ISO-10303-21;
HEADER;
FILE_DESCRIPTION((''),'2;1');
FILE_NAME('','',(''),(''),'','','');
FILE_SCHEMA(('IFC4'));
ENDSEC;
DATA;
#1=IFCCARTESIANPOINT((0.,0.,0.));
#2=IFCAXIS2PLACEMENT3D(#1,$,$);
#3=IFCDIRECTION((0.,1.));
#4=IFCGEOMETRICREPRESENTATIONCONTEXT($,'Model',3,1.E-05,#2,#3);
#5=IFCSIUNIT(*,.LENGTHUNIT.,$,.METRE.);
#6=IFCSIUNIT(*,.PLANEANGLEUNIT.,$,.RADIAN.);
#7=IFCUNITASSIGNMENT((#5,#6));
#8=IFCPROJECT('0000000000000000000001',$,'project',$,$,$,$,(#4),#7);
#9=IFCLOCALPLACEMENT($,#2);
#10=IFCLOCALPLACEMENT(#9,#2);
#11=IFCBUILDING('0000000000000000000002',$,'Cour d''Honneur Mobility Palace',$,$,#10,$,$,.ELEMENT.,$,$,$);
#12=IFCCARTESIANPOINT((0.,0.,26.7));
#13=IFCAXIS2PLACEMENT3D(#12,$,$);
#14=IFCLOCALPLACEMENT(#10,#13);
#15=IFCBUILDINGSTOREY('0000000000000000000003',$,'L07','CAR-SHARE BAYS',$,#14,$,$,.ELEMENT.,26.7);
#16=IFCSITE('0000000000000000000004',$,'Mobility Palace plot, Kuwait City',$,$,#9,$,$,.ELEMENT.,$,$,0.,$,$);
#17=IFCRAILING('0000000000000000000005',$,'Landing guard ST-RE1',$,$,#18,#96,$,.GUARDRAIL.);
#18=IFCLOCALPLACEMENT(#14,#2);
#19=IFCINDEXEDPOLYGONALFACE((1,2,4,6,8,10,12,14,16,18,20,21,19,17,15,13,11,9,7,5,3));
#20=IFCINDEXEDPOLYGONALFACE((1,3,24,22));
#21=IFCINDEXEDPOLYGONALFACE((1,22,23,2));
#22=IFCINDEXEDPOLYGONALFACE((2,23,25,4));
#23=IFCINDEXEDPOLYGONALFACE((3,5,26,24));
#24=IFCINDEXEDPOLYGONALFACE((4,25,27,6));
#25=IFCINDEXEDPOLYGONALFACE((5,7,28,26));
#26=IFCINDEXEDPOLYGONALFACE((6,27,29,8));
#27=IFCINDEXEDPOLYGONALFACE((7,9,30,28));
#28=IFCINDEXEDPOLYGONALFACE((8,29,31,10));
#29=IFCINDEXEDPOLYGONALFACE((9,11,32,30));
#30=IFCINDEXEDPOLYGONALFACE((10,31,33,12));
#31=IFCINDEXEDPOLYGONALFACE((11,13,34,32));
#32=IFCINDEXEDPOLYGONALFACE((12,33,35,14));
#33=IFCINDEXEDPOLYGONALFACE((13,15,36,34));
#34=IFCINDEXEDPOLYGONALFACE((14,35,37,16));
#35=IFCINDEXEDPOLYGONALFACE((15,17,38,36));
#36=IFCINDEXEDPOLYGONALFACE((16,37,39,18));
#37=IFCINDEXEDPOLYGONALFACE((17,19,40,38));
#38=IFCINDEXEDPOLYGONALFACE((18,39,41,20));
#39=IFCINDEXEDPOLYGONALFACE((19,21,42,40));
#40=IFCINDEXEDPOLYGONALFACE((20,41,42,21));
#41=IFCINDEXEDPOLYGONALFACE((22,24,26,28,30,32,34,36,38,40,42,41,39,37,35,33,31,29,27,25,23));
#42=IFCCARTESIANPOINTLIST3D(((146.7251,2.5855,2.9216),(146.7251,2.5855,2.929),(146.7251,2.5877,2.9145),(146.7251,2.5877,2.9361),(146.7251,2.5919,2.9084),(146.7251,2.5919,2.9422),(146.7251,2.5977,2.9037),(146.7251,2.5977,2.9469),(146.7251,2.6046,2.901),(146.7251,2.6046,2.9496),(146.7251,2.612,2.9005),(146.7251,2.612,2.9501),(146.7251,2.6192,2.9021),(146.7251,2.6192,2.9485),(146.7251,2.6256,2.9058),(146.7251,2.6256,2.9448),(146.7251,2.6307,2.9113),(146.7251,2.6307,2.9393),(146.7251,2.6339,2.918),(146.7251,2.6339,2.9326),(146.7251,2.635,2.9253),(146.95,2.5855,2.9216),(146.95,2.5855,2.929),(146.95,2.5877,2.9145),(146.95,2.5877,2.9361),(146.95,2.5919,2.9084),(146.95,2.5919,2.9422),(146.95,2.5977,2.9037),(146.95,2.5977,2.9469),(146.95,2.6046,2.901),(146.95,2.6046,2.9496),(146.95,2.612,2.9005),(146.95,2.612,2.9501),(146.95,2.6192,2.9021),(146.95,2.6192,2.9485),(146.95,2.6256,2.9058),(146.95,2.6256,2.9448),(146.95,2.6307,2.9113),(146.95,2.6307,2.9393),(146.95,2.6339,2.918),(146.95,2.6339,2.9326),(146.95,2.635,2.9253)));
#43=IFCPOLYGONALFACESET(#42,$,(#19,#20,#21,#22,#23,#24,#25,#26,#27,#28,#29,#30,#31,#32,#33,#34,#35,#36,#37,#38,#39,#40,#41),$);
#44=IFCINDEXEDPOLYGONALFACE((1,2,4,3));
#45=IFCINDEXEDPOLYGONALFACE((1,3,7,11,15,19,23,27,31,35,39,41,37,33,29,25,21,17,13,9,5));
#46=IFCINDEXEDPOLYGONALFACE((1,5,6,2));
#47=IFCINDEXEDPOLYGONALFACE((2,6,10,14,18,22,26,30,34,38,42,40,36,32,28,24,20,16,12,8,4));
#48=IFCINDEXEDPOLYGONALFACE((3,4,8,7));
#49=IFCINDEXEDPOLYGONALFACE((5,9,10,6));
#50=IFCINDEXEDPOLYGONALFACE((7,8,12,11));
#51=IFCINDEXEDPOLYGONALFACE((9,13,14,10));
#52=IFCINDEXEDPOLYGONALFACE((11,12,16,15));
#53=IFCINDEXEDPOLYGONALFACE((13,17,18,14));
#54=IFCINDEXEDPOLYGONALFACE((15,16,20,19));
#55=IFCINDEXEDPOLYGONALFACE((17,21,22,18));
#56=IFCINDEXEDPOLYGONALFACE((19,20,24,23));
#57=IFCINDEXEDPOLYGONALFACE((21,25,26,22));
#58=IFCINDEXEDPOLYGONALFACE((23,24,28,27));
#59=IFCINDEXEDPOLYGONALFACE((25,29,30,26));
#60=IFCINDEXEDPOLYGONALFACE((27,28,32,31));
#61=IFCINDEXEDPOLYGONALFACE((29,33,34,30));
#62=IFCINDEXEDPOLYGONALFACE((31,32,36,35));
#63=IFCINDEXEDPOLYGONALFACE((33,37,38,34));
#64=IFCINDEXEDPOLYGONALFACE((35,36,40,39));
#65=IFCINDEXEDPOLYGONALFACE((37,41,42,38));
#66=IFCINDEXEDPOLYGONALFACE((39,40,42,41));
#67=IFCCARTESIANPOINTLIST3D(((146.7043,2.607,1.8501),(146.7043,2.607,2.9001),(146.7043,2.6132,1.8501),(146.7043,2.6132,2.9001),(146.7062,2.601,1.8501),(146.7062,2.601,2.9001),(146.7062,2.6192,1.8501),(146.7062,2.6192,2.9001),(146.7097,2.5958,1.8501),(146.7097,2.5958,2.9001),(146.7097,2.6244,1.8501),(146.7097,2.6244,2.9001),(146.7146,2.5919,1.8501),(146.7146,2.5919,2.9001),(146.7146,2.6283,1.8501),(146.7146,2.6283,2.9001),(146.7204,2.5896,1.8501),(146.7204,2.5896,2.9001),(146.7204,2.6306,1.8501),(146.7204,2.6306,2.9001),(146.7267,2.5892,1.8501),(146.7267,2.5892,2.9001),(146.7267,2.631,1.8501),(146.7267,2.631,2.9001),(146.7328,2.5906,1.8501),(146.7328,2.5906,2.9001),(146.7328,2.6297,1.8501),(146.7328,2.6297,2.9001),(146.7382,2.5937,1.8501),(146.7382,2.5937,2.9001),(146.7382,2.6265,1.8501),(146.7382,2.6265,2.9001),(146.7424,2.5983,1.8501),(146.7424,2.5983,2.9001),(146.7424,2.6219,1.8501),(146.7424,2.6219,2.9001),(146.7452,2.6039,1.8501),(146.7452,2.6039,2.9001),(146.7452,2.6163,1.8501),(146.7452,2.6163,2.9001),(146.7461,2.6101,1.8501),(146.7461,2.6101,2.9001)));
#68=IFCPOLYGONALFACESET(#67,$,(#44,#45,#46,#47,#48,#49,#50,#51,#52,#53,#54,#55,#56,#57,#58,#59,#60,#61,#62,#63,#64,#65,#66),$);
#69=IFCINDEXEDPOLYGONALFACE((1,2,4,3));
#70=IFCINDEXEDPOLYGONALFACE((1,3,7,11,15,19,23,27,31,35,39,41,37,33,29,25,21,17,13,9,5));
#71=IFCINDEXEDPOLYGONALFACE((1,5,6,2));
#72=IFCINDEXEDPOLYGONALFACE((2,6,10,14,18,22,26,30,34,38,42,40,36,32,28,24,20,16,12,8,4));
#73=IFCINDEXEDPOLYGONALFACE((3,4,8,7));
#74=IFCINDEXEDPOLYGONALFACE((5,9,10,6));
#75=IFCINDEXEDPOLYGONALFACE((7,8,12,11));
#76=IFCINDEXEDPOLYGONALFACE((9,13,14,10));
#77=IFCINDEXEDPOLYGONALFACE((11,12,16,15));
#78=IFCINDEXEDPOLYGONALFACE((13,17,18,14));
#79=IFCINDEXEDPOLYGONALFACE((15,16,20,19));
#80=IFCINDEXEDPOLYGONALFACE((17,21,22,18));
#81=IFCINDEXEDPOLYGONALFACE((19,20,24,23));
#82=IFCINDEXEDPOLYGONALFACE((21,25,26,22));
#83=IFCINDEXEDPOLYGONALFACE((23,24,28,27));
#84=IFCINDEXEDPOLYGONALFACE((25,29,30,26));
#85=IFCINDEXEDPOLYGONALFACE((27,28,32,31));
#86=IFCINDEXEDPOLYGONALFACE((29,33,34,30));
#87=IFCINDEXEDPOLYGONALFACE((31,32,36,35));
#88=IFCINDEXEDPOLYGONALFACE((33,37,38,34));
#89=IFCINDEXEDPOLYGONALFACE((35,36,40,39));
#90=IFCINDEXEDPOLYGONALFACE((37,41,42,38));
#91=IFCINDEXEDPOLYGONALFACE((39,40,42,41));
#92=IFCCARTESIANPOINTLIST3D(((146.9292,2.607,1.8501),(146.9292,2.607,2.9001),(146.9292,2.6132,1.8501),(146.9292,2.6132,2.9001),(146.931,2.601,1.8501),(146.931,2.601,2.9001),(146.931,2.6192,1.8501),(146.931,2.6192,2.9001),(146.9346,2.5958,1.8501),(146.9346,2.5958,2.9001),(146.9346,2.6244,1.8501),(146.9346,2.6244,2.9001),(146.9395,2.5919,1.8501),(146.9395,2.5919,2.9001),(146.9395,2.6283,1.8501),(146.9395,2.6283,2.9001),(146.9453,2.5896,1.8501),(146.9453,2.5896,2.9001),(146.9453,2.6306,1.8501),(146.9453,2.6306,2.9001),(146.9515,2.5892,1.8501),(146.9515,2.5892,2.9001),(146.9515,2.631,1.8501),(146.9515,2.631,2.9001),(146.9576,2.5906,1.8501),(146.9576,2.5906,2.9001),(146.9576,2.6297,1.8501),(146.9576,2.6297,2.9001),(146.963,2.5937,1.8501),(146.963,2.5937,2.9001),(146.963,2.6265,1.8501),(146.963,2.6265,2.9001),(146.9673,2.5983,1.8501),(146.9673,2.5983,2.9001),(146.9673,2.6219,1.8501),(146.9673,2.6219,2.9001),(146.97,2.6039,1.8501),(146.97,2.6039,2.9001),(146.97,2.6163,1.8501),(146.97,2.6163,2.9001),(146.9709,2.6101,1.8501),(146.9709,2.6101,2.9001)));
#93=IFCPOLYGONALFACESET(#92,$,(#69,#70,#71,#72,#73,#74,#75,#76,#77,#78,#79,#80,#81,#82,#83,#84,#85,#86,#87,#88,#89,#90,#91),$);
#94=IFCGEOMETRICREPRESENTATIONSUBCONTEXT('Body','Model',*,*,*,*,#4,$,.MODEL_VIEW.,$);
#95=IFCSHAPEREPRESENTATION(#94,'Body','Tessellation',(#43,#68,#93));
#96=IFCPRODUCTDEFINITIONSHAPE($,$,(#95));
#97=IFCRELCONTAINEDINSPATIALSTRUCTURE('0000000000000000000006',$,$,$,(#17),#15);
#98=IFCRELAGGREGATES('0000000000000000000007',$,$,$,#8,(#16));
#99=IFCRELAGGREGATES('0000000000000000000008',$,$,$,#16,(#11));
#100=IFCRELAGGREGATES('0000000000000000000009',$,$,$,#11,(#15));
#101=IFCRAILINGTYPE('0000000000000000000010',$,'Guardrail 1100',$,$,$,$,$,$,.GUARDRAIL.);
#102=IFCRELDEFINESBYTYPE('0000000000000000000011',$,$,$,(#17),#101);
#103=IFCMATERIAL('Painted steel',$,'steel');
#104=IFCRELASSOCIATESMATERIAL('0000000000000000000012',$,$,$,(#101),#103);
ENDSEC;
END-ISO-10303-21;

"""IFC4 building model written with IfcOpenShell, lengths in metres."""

from ifc_helpers import new_model, si_unit, direction, frame, origin, origin_2d, place, context, subcontext, project, spatial, circle, extrude, material, type_object, element, save


model = new_model("IFC4")

# Units and contexts
model_context = context("Model", 3, precision=1e-05, world=origin(), true_north=direction((0.0, 1.0)))
body_context = subcontext(model_context, "Body", "Model", "MODEL_VIEW")
ifc_project = project(units=[si_unit("LENGTHUNIT", "METRE"), si_unit("PLANEANGLEUNIT", "RADIAN")], contexts=[model_context])

# Site, building, storey
site_placement = place(None, origin())
site = spatial("IfcSite", under=ifc_project, at=site_placement, Name="Mobility Palace plot, Kuwait City", CompositionType="ELEMENT", RefElevation=0.0)
building_placement = place(site_placement, origin())
building = spatial("IfcBuilding", under=site, at=building_placement, Name="Cour d'Honneur Mobility Palace", CompositionType="ELEMENT")
storey_placement = place(building_placement, frame((0.0, 0.0, 26.7)))
storey = spatial("IfcBuildingStorey", under=building, at=storey_placement, Name="L07", Description="CAR-SHARE BAYS", CompositionType="ELEMENT", Elevation=26.7)

# Railing
ifc_material_1 = material(Name="Painted steel", Category="steel")
railing_type_1 = type_object("IfcRailingType", Name="Guardrail 1100", PredefinedType="GUARDRAIL", material=ifc_material_1)
railing_1_placement = place(storey_placement, frame((146.7251, 2.6101, 1.8501)))
element("IfcRailing", 1, at=railing_1_placement, inside=storey, type_object=railing_type_1, Name="Landing guard ST-RE1", PredefinedType="GUARDRAIL", context=body_context, shape_type="SweptSolid", body=[
    extrude(circle(Radius=0.0249, at=origin_2d()), frame((0.0, 0.0, 1.0752), z_axis=(1.0, 0.0, 0.0), x_axis=(0.0, 1.0, 0.0)), (0.0, 0.0, 1.0), 0.2249),
    extrude(circle(Radius=0.021, at=origin_2d()), origin(), (0.0, 0.0, 1.0), 1.05),
    extrude(circle(Radius=0.021, at=origin_2d()), frame((0.2249, 0.0, 0.0)), (0.0, 0.0, 1.0), 1.05),
])

save(model, "model.ifc")
